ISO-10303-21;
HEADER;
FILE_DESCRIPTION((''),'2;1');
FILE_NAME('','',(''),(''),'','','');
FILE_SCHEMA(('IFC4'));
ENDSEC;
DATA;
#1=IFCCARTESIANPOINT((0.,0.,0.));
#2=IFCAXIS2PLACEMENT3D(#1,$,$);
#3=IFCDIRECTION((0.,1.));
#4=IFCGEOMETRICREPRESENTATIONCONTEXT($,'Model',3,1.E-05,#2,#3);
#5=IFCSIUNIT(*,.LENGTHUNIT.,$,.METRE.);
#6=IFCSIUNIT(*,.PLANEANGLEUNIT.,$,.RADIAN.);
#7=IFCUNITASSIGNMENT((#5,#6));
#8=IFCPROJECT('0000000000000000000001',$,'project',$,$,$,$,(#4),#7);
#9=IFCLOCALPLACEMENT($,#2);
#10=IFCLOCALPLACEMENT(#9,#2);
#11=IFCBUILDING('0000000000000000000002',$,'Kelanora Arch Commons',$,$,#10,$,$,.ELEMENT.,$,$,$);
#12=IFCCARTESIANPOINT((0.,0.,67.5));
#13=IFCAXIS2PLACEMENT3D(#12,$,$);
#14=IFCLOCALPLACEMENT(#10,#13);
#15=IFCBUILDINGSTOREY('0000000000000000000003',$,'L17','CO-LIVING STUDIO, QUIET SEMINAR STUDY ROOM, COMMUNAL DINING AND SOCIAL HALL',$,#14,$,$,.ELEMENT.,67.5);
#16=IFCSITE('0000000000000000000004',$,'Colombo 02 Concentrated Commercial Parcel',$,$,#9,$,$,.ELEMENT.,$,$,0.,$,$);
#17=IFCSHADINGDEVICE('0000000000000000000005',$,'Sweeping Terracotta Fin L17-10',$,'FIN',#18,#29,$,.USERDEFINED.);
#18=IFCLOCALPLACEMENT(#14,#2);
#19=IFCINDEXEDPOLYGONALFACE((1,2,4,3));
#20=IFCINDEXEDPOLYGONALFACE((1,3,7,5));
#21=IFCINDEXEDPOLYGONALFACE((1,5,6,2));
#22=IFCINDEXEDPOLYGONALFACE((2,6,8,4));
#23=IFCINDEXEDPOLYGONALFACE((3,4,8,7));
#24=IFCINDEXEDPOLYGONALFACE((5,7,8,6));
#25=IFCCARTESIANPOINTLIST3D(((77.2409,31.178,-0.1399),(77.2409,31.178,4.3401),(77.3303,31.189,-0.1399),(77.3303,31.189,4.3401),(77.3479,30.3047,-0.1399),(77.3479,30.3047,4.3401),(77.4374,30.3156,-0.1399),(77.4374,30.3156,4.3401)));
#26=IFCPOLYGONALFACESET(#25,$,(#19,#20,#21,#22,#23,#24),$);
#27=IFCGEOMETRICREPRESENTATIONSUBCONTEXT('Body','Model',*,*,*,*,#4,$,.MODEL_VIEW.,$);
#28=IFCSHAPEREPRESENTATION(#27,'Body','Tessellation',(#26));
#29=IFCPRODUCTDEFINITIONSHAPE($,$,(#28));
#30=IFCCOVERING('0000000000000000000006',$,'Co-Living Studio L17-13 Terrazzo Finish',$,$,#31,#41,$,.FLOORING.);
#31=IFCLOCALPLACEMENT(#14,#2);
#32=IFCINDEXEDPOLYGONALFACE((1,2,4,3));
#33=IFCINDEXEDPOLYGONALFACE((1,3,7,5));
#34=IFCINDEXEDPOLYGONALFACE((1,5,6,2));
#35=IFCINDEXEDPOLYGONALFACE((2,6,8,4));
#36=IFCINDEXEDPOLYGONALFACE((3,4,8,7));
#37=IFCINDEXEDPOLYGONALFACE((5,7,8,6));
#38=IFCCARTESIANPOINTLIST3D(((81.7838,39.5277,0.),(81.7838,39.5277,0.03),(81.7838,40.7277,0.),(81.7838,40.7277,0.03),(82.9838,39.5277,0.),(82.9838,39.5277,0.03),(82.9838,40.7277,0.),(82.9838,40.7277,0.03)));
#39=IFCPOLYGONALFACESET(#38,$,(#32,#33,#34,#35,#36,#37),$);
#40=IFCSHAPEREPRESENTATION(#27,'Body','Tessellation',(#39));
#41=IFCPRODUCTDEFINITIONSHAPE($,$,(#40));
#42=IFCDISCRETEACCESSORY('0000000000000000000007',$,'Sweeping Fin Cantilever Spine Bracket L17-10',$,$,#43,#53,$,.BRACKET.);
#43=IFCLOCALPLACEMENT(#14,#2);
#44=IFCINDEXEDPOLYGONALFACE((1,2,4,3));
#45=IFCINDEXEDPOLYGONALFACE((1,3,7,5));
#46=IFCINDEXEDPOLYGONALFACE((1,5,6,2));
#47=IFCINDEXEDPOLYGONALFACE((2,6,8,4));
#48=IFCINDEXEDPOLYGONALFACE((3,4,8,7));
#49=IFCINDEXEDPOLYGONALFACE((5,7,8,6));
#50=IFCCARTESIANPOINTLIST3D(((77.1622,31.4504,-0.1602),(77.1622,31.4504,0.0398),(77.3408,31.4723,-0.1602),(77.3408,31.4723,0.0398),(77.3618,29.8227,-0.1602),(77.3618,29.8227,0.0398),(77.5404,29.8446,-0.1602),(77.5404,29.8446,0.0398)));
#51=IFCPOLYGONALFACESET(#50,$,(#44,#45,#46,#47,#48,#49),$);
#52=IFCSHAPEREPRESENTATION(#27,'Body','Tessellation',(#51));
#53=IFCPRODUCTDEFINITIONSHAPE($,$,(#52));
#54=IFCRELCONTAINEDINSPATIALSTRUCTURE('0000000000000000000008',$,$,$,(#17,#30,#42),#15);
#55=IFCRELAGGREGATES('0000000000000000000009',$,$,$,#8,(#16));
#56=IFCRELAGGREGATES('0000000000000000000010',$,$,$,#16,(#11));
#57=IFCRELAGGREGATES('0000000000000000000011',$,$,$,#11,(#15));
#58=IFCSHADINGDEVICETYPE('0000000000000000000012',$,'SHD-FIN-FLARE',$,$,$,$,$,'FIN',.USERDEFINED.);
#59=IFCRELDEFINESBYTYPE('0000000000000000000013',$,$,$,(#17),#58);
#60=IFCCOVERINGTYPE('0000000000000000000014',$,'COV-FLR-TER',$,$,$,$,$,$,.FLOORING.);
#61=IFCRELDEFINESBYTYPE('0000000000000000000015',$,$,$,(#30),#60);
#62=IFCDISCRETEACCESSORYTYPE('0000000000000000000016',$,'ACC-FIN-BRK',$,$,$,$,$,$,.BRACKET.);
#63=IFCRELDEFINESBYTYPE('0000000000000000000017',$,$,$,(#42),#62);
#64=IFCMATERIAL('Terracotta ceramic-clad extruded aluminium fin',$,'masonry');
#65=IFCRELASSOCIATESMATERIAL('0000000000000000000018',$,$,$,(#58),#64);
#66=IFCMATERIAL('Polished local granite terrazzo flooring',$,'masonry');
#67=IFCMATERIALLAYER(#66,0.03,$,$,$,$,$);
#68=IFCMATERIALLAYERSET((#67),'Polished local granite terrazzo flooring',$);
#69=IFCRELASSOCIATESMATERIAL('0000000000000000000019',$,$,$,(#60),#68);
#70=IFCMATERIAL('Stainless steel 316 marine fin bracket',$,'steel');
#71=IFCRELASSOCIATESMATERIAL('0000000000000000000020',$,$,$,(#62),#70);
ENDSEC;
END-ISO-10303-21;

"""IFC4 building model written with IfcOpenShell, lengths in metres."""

from ifc_helpers import new_model, si_unit, direction, frame, origin, origin_2d, place, context, subcontext, project, spatial, rectangle, extrude, source, transform, mapped, material, layer, layer_set, type_object, element, save


model = new_model("IFC4")

# Units and contexts
model_context = context("Model", 3, precision=1e-05, world=origin(), true_north=direction((0.0, 1.0)))
body_context = subcontext(model_context, "Body", "Model", "MODEL_VIEW")
ifc_project = project(units=[si_unit("LENGTHUNIT", "METRE"), si_unit("PLANEANGLEUNIT", "RADIAN")], contexts=[model_context])

# Site, building, storey
site_placement = place(None, origin())
site = spatial("IfcSite", under=ifc_project, at=site_placement, Name="Colombo 02 Concentrated Commercial Parcel", CompositionType="ELEMENT", RefElevation=0.0)
building_placement = place(site_placement, origin())
building = spatial("IfcBuilding", under=site, at=building_placement, Name="Kelanora Arch Commons", CompositionType="ELEMENT")
storey_placement = place(building_placement, frame((0.0, 0.0, 67.5)))
storey = spatial("IfcBuildingStorey", under=building, at=storey_placement, Name="L17", Description="CO-LIVING STUDIO, QUIET SEMINAR STUDY ROOM, COMMUNAL DINING AND SOCIAL HALL", CompositionType="ELEMENT", Elevation=67.5)

# Shading device
ifc_material_1 = material(Name="Terracotta ceramic-clad extruded aluminium fin", Category="masonry")
shading_device_type = type_object("IfcShadingDeviceType", Name="SHD-FIN-FLARE", ElementType="FIN", PredefinedType="USERDEFINED", material=ifc_material_1)
shared_shape_1 = source(origin(), body_context, "Body", "SweptSolid", [
    extrude(rectangle(XDim=0.8799, YDim=0.0901, at=origin_2d()), origin(), (0.0, 0.0, 1.0), 4.48),
])
shading_device_placement = place(storey_placement, frame((77.3391, 30.7468, -0.1399), z_axis=(0.0, 0.0, 1.0), x_axis=(0.121696, -0.992567, 0.0)))
element("IfcShadingDevice", 1, at=shading_device_placement, inside=storey, type_object=shading_device_type, Name="Sweeping Terracotta Fin L17-10", ObjectType="FIN", PredefinedType="USERDEFINED", context=body_context, shape_type="MappedRepresentation", body=[
    mapped(shared_shape_1, transform((0.0, 0.0, 0.0), scale=1.0)),
])

# Covering
ifc_material_2 = material(Name="Polished local granite terrazzo flooring", Category="masonry")
ifc_layer_1 = layer(ifc_material_2, 0.03)
ifc_layer_set_1 = layer_set([ifc_layer_1], Name="Polished local granite terrazzo flooring")
covering_type = type_object("IfcCoveringType", Name="COV-FLR-TER", PredefinedType="FLOORING", material=ifc_layer_set_1)
shared_shape_2 = source(origin(), body_context, "Body", "SweptSolid", [
    extrude(rectangle(XDim=1.2, YDim=1.2, at=origin_2d()), origin(), (0.0, 0.0, 1.0), 0.03),
])
covering_placement = place(storey_placement, frame((82.3838, 40.1277, 0.0), z_axis=(0.0, 0.0, 1.0), x_axis=(1.0, 0.0, 0.0)))
element("IfcCovering", 2, at=covering_placement, inside=storey, type_object=covering_type, Name="Co-Living Studio L17-13 Terrazzo Finish", PredefinedType="FLOORING", context=body_context, shape_type="MappedRepresentation", body=[
    mapped(shared_shape_2, transform((0.0, 0.0, 0.0), scale=1.0)),
])

# Discrete accessory
ifc_material_3 = material(Name="Stainless steel 316 marine fin bracket", Category="steel")
discrete_accessory_type = type_object("IfcDiscreteAccessoryType", Name="ACC-FIN-BRK", PredefinedType="BRACKET", material=ifc_material_3)
shared_shape_3 = source(origin(), body_context, "Body", "SweptSolid", [
    extrude(rectangle(XDim=1.6399, YDim=0.1799, at=origin_2d()), origin(), (0.0, 0.0, 1.0), 0.2),
])
discrete_accessory_placement = place(storey_placement, frame((77.3513, 30.6475, -0.1602), z_axis=(0.0, 0.0, 1.0), x_axis=(0.121696, -0.992567, 0.0)))
element("IfcDiscreteAccessory", 3, at=discrete_accessory_placement, inside=storey, type_object=discrete_accessory_type, Name="Sweeping Fin Cantilever Spine Bracket L17-10", PredefinedType="BRACKET", context=body_context, shape_type="MappedRepresentation", body=[
    mapped(shared_shape_3, transform((0.0, 0.0, 0.0), scale=1.0)),
])

save(model, "model.ifc")
